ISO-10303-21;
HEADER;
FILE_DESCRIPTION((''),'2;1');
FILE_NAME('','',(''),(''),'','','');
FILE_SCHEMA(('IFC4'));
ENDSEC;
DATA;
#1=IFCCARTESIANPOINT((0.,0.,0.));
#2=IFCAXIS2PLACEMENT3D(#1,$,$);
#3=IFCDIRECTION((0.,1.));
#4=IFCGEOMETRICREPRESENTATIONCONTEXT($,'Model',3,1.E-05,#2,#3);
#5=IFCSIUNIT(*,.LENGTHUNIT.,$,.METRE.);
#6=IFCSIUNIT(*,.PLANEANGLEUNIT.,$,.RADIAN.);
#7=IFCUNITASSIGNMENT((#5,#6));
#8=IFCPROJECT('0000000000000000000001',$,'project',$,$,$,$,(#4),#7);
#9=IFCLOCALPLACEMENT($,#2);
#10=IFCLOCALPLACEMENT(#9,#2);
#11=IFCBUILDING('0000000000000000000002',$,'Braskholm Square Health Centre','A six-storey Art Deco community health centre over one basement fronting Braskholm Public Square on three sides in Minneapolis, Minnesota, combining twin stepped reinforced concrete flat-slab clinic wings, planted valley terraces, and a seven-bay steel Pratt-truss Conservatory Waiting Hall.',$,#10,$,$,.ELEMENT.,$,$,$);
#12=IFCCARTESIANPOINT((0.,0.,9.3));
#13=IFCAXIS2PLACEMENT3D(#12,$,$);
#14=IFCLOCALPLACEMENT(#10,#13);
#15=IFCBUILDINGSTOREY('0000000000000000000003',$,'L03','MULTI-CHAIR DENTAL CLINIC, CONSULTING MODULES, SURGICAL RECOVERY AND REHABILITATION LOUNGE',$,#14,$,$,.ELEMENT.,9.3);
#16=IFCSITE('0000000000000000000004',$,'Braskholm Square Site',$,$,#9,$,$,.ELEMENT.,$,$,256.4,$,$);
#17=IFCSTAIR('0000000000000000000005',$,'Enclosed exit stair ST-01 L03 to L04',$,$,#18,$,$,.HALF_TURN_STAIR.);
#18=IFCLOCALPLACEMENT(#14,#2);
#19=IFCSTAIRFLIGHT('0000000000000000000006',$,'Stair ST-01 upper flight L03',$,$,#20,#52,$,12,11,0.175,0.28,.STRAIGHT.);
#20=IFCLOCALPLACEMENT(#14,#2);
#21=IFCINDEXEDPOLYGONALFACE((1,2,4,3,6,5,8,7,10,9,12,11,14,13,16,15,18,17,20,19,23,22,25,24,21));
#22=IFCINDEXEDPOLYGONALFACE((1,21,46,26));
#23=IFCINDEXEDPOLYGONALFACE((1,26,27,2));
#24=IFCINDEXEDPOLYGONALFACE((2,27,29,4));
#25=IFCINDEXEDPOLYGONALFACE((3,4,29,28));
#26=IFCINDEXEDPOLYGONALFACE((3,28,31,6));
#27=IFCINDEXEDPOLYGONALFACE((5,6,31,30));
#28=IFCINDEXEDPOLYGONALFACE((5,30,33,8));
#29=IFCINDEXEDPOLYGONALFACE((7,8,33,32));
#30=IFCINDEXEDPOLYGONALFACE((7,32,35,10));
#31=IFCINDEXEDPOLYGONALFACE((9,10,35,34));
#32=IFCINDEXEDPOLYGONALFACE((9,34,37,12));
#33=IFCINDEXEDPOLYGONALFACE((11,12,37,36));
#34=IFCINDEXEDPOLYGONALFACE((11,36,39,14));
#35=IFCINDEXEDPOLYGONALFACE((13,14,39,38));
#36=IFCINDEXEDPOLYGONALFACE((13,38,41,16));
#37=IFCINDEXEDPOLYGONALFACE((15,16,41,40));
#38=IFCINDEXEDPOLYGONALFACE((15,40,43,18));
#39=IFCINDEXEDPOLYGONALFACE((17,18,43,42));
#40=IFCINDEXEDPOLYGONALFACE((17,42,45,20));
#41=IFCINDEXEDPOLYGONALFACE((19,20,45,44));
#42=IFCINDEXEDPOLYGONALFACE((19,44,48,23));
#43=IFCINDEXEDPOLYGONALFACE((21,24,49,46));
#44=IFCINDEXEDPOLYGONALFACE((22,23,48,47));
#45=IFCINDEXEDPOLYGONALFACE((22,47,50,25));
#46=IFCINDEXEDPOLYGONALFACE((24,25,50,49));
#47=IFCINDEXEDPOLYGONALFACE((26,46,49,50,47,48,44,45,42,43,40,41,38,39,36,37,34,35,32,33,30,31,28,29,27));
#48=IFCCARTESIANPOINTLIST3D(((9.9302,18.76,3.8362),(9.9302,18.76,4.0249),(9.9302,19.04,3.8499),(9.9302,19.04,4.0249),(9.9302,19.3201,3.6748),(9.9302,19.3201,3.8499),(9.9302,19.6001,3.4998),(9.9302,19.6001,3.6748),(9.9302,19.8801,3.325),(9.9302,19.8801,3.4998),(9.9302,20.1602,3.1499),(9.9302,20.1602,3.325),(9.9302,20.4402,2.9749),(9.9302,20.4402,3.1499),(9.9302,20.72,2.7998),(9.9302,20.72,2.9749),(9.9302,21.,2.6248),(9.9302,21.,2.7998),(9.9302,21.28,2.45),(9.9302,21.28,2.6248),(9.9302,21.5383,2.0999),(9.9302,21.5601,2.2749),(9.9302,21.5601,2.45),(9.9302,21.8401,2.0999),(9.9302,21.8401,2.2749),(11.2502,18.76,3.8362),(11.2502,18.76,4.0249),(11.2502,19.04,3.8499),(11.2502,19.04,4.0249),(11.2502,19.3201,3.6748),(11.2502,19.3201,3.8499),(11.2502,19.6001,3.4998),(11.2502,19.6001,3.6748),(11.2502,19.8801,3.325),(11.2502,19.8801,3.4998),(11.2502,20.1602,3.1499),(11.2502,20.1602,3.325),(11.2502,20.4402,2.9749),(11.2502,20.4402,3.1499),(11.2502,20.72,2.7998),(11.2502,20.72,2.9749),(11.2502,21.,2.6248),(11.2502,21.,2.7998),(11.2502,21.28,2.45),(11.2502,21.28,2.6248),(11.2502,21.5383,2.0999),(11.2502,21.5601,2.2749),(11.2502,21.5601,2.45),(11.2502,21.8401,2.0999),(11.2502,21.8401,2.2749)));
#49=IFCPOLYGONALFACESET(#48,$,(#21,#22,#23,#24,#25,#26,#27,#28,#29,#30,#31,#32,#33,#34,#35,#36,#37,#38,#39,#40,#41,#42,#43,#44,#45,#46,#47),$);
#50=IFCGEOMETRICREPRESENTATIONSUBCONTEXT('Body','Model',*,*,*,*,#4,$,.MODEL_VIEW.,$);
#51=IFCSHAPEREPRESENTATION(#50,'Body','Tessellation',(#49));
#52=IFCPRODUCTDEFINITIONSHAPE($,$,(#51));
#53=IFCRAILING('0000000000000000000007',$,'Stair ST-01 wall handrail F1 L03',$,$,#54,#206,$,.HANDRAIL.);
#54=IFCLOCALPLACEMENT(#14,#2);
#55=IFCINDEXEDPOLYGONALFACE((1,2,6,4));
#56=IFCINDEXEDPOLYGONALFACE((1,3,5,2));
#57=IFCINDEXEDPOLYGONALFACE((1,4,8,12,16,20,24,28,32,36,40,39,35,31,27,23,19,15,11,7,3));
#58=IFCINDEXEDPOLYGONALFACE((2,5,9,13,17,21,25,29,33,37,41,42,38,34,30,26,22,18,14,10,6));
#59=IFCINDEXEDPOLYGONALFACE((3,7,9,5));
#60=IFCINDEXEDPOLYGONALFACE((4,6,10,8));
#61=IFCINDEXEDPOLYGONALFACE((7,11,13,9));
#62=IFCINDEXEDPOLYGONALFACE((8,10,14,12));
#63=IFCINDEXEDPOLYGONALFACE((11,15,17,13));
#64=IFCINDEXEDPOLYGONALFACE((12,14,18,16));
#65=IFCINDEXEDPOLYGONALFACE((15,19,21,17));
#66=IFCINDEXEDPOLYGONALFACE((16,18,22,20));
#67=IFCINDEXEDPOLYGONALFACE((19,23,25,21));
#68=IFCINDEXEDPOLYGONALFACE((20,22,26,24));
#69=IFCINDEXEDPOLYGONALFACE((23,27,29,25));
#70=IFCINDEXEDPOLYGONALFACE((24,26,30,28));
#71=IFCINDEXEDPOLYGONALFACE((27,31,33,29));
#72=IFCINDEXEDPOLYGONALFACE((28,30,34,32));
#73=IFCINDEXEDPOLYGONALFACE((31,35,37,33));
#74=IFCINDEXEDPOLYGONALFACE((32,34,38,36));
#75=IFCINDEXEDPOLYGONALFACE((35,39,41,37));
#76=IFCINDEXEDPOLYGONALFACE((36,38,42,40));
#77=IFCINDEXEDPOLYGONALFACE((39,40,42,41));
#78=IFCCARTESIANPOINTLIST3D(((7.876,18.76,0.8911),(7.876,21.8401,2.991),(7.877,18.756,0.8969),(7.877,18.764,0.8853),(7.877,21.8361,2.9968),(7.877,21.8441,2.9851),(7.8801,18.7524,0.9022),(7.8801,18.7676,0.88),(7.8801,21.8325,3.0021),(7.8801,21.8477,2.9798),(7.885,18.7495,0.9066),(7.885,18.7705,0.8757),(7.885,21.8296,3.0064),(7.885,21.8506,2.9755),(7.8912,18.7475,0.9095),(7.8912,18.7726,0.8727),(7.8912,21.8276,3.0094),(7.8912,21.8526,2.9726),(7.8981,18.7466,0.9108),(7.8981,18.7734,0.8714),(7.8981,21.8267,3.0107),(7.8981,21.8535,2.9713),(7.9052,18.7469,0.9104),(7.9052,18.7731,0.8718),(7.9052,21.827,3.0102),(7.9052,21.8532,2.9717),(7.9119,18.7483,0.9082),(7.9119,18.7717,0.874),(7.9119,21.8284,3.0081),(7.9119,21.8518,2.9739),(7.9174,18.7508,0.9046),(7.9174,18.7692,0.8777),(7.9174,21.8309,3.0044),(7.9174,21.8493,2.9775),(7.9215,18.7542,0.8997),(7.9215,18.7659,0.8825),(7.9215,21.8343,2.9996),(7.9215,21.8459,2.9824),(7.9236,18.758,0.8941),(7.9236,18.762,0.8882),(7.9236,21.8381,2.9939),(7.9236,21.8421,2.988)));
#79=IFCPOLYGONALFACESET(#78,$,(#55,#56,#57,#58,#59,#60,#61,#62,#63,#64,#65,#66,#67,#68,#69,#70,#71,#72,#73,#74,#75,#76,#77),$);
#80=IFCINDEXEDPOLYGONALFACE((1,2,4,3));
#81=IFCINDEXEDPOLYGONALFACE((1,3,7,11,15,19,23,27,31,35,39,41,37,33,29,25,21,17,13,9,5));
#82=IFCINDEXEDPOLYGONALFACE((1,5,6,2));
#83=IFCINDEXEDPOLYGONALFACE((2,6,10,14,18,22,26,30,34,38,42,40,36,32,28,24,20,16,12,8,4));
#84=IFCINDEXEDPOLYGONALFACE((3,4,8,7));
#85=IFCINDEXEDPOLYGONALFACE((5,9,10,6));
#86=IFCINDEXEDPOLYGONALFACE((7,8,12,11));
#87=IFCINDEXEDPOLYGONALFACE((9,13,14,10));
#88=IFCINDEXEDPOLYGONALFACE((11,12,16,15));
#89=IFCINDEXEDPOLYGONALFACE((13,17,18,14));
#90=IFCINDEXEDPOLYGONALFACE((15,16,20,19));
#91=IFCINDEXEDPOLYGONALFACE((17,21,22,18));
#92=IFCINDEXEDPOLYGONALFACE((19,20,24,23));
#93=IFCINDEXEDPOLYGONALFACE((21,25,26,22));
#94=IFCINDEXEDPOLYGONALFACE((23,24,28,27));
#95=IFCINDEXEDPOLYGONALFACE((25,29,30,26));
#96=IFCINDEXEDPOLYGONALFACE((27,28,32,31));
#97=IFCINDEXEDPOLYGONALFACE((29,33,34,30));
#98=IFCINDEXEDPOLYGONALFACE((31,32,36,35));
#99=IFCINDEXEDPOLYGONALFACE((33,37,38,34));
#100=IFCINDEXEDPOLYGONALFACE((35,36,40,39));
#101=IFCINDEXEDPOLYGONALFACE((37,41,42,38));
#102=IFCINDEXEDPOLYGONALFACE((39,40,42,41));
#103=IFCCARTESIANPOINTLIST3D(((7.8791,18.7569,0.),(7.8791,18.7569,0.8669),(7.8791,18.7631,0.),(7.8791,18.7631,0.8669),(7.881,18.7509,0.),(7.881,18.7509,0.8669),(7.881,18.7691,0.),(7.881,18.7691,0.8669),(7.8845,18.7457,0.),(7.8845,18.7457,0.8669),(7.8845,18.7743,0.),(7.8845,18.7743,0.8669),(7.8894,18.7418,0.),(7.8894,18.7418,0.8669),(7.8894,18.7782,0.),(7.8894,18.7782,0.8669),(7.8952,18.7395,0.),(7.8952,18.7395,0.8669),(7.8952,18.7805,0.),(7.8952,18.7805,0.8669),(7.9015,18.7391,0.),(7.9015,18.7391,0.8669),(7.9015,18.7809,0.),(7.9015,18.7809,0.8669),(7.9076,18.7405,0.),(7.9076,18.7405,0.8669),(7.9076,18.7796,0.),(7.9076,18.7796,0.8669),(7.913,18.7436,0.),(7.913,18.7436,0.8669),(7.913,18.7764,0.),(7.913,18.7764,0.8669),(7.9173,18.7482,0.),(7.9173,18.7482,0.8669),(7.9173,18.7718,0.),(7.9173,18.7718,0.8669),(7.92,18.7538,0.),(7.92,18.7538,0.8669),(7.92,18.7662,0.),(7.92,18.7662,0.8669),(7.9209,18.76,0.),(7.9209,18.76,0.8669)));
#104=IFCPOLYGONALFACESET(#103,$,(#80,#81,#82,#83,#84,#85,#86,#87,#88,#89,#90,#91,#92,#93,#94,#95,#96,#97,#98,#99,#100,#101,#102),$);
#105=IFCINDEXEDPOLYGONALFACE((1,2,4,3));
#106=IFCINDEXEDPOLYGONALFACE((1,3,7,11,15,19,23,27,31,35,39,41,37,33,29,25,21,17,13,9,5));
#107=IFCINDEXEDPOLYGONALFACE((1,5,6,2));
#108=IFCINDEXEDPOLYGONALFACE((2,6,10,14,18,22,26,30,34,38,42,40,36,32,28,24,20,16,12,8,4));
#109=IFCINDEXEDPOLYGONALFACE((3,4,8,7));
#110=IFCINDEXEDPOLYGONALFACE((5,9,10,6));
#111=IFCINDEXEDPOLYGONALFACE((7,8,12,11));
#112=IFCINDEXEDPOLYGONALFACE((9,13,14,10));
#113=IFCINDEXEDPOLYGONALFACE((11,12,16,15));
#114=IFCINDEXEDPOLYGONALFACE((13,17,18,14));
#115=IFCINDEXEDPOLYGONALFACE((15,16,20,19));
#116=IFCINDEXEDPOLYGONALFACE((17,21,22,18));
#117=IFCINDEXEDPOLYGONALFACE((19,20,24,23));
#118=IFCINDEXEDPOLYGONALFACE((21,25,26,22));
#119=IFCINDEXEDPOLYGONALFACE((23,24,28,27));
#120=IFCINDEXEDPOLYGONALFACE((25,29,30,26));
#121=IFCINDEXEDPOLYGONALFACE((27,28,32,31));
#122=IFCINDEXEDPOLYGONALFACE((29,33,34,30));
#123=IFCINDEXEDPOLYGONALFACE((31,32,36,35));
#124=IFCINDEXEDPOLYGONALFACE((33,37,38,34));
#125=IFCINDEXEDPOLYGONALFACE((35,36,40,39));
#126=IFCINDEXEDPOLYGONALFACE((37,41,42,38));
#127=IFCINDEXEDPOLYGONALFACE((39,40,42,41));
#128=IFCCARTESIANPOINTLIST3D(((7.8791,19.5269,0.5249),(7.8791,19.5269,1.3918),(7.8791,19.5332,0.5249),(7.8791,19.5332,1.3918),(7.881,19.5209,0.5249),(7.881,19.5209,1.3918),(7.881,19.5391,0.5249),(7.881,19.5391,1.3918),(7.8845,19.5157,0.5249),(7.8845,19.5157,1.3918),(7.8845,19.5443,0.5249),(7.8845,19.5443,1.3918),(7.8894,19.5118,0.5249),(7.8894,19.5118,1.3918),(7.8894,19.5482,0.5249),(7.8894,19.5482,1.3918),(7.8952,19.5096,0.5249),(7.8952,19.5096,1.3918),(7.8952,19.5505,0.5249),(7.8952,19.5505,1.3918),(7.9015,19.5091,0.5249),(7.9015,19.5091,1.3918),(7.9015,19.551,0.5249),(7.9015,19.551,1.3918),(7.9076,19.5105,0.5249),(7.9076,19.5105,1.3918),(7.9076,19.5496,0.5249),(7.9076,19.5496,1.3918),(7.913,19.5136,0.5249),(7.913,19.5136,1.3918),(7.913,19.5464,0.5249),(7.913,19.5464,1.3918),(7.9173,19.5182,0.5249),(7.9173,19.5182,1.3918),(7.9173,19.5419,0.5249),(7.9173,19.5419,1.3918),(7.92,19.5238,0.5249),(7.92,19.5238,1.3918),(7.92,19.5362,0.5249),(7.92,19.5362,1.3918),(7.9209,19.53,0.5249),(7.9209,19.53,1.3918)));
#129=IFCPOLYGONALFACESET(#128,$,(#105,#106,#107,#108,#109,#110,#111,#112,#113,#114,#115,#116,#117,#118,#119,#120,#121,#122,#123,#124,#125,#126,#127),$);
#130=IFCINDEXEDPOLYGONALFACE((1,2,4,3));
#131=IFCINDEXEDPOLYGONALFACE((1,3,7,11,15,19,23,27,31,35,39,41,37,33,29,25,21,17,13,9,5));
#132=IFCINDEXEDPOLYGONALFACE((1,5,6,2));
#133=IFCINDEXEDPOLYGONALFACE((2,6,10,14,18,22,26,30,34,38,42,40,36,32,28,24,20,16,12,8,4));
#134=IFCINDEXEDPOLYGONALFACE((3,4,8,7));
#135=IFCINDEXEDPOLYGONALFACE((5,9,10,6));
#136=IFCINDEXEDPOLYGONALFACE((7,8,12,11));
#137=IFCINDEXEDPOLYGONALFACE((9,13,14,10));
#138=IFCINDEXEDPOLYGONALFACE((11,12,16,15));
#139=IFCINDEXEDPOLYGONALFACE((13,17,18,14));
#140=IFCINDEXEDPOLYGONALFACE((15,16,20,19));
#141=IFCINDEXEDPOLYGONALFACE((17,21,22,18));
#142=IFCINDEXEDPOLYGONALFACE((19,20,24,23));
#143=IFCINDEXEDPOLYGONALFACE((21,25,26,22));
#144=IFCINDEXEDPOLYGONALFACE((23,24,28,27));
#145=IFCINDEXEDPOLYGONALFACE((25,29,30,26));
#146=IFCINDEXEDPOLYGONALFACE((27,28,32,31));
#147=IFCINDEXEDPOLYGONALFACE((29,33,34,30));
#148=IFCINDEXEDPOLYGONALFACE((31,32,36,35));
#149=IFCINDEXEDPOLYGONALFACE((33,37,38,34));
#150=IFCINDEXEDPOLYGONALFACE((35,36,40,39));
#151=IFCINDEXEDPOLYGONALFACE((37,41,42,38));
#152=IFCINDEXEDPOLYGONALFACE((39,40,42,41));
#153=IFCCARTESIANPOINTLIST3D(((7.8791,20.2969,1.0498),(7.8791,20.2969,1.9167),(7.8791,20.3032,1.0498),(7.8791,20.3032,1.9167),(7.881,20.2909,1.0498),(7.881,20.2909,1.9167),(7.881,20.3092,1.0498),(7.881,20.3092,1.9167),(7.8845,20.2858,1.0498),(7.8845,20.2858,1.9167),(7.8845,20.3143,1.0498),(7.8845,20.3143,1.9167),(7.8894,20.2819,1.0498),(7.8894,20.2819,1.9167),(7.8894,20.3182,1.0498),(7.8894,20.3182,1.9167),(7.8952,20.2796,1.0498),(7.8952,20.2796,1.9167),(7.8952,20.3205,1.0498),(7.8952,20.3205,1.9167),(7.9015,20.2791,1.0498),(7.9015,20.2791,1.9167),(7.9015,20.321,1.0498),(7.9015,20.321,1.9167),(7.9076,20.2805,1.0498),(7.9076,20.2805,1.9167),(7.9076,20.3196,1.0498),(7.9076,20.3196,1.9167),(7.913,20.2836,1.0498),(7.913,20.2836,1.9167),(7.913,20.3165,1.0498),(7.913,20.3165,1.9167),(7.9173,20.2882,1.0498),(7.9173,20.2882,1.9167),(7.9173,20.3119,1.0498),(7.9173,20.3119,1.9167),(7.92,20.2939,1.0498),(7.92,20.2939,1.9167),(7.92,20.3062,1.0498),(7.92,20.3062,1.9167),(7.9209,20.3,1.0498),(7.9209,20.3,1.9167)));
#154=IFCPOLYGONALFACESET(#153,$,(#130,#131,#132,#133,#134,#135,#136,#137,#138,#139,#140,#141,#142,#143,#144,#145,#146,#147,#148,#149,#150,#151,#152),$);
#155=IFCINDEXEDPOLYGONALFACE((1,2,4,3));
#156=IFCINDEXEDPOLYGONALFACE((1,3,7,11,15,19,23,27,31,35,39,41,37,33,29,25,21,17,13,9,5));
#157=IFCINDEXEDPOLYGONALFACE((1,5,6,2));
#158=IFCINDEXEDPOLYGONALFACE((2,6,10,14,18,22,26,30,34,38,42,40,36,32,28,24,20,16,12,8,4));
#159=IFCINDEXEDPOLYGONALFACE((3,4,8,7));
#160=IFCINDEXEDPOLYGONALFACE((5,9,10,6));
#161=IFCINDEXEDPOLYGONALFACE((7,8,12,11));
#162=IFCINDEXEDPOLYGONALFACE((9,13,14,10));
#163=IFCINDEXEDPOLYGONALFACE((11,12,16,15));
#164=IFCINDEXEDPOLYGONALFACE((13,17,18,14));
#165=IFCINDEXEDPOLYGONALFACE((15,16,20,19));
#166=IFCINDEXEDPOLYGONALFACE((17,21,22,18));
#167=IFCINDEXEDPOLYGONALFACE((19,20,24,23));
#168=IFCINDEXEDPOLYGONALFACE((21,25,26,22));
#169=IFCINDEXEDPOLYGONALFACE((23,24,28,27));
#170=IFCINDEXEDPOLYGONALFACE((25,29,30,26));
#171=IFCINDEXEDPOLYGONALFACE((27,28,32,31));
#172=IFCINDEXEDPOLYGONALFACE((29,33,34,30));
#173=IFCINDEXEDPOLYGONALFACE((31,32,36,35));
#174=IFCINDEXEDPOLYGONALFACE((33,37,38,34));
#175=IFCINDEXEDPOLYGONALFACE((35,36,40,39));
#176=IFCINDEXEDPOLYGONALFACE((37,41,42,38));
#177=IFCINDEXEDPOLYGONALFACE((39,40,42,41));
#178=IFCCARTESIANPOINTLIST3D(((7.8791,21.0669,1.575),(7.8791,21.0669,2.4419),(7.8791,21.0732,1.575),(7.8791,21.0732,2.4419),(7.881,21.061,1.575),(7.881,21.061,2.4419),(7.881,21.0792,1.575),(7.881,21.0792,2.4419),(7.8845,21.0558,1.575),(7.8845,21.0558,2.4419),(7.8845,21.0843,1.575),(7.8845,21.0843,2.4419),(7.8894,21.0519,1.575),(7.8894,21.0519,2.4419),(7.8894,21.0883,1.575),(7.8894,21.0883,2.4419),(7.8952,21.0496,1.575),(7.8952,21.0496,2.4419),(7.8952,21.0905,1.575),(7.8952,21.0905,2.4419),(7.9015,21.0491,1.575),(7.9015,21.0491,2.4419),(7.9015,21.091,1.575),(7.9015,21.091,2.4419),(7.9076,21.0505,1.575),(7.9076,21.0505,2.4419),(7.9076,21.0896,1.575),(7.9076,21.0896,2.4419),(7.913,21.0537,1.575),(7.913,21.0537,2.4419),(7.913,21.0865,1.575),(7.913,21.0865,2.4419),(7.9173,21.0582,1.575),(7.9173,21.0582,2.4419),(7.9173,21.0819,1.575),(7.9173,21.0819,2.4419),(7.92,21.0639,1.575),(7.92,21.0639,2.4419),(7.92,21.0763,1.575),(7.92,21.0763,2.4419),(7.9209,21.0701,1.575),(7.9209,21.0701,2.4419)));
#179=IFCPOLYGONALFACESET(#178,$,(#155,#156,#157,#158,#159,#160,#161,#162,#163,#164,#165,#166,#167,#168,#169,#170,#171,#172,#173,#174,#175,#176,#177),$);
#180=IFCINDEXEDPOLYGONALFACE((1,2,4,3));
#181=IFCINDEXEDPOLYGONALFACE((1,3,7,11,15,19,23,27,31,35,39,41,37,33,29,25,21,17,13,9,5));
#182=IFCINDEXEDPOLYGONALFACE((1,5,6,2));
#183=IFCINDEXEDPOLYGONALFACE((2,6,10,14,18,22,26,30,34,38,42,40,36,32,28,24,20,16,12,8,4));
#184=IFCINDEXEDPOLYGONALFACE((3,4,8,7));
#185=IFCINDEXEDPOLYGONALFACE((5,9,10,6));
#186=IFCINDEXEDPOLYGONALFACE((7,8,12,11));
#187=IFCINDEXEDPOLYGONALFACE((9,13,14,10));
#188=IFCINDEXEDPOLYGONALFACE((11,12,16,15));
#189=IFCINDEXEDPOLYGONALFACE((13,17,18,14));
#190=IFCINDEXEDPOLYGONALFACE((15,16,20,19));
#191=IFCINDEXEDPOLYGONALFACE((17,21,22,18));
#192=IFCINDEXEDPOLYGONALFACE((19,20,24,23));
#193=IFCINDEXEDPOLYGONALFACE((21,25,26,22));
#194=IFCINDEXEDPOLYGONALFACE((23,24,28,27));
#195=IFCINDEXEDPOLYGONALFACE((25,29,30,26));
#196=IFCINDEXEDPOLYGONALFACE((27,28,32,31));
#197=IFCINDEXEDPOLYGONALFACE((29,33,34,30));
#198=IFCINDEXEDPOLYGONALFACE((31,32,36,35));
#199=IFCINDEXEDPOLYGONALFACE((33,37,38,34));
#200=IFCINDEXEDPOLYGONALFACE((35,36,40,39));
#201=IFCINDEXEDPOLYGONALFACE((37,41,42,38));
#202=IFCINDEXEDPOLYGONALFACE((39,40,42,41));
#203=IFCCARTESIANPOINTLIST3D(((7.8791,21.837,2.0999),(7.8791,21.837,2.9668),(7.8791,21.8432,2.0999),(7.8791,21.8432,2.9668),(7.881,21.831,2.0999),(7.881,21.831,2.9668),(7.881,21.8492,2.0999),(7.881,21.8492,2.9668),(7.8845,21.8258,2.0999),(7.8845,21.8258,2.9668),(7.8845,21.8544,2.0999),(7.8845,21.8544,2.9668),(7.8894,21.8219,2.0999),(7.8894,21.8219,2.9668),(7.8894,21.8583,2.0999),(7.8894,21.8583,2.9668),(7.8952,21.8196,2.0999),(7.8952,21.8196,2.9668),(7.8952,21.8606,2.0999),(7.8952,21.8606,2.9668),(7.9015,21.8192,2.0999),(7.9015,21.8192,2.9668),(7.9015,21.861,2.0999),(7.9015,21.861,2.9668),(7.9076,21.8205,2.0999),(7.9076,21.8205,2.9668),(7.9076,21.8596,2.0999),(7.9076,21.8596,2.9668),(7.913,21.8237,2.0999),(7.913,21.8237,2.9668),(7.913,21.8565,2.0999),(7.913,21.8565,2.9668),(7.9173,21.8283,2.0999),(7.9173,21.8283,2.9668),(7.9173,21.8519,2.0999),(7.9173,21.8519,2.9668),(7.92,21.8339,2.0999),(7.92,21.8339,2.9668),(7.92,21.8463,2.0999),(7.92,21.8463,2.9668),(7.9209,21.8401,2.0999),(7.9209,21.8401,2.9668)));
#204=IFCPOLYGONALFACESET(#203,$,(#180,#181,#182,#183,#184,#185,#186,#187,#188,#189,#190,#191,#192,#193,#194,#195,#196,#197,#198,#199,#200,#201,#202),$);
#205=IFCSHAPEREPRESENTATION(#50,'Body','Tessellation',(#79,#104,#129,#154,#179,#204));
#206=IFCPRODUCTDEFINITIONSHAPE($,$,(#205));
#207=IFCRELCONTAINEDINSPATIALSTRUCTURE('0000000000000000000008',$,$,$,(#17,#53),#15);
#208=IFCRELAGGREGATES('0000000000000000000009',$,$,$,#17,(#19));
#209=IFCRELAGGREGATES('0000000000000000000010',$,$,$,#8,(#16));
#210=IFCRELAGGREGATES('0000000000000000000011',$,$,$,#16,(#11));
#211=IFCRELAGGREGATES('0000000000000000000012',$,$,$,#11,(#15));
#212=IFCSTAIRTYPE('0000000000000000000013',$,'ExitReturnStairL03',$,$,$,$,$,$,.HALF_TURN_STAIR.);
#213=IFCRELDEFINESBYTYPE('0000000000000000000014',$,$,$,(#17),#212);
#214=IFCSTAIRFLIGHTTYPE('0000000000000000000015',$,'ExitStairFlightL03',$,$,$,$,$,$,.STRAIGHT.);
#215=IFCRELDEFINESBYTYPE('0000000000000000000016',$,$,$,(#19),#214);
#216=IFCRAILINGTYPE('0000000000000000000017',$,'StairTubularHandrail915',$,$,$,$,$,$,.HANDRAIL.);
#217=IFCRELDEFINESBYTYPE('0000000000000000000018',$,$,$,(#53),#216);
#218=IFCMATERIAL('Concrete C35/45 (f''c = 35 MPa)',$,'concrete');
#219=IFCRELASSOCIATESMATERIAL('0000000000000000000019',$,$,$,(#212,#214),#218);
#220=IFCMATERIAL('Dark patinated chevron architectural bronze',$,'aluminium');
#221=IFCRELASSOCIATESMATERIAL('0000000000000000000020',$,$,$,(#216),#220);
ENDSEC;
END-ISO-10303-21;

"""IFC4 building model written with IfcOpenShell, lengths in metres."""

from ifc_helpers import new_model, si_unit, direction, frame, origin, origin_2d, place, context, subcontext, project, spatial, polyline, circle, outline, extrude, material, type_object, element, aggregate, save


model = new_model("IFC4")

# Units and contexts
model_context = context("Model", 3, precision=1e-05, world=origin(), true_north=direction((0.0, 1.0)))
body_context = subcontext(model_context, "Body", "Model", "MODEL_VIEW")
ifc_project = project(units=[si_unit("LENGTHUNIT", "METRE"), si_unit("PLANEANGLEUNIT", "RADIAN")], contexts=[model_context])

# Site, building, storey
site_placement = place(None, origin())
site = spatial("IfcSite", under=ifc_project, at=site_placement, Name="Braskholm Square Site", CompositionType="ELEMENT", RefElevation=256.4)
building_placement = place(site_placement, origin())
building = spatial("IfcBuilding", under=site, at=building_placement, Name="Braskholm Square Health Centre", Description="A six-storey Art Deco community health centre over one basement fronting Braskholm Public Square on three sides in Minneapolis, Minnesota, combining twin stepped reinforced concrete flat-slab clinic wings, planted valley terraces, and a seven-bay steel Pratt-truss Conservatory Waiting Hall.", CompositionType="ELEMENT")
storey_placement = place(building_placement, frame((0.0, 0.0, 9.3)))
storey = spatial("IfcBuildingStorey", under=building, at=storey_placement, Name="L03", Description="MULTI-CHAIR DENTAL CLINIC, CONSULTING MODULES, SURGICAL RECOVERY AND REHABILITATION LOUNGE", CompositionType="ELEMENT", Elevation=9.3)

# Shared definitions
ifc_material_1 = material(Name="Concrete C35/45 (f'c = 35 MPa)", Category="concrete")

# Stair, stair flight
stair_type = type_object("IfcStairType", Name="ExitReturnStairL03", PredefinedType="HALF_TURN_STAIR", material=ifc_material_1)
stair_placement = place(storey_placement, origin())
stair = element("IfcStair", 1, at=stair_placement, inside=storey, type_object=stair_type, Name="Enclosed exit stair ST-01 L03 to L04", PredefinedType="HALF_TURN_STAIR")
stair_flight_type = type_object("IfcStairFlightType", Name="ExitStairFlightL03", PredefinedType="STRAIGHT", material=ifc_material_1)
stair_flight_1_placement = place(storey_placement, frame((10.5901, 21.8401, 2.0999), z_axis=(0.0, 0.0, 1.0), x_axis=(0.0, -1.0, 0.0)))
stair_flight_1 = element("IfcStairFlight", 2, at=stair_flight_1_placement, type_object=stair_flight_type, Name="Stair ST-01 upper flight L03", NumberOfRisers=12, NumberOfTreads=11, PredefinedType="STRAIGHT", RiserHeight=0.175, TreadLength=0.28, context=body_context, shape_type="SweptSolid", body=[
    extrude(outline(polyline([(0.0, 0.0), (0.0, 0.175), (0.28, 0.175), (0.28, 0.3501), (0.5601, 0.3501), (0.5601, 0.5249), (0.8401, 0.5249), (0.8401, 0.7), (1.1201, 0.7), (1.1201, 0.875), (1.3999, 0.875), (1.3999, 1.05), (1.6799, 1.05), (1.6799, 1.2251), (1.96, 1.2251), (1.96, 1.3999), (2.24, 1.3999), (2.24, 1.575), (2.52, 1.575), (2.52, 1.75), (2.8, 1.75), (2.8, 1.925), (3.0801, 1.925), (3.0801, 2.1001), (3.0801, 1.7363), (0.3018, 0.0), (0.0, 0.0)])), frame((0.0, 0.6602, 0.0), z_axis=(0.0, -1.0, 0.0), x_axis=(1.0, 0.0, 0.0)), (0.0, 0.0, 1.0), 1.3201),
])
aggregate(stair, [stair_flight_1])

# Railing
ifc_material_2 = material(Name="Dark patinated chevron architectural bronze", Category="aluminium")
railing_type_1 = type_object("IfcRailingType", Name="StairTubularHandrail915", PredefinedType="HANDRAIL", material=ifc_material_2)
railing_1_placement = place(storey_placement, frame((7.8999, 18.76, 0.0)))
element("IfcRailing", 3, at=railing_1_placement, inside=storey, type_object=railing_type_1, Name="Stair ST-01 wall handrail F1 L03", PredefinedType="HANDRAIL", context=body_context, shape_type="SweptSolid", body=[
    extrude(circle(Radius=0.0239, at=origin_2d()), frame((0.0, 0.0, 0.8911), z_axis=(0.0, 0.826252, 0.5633), x_axis=(-1.0, 0.0, 0.0)), (0.0, 0.0, 1.0), 3.7278),
    extrude(circle(Radius=0.021, at=origin_2d()), origin(), (0.0, 0.0, 1.0), 0.8669),
    extrude(circle(Radius=0.021, at=origin_2d()), frame((0.0, 0.77, 0.5249)), (0.0, 0.0, 1.0), 0.8669),
    extrude(circle(Radius=0.021, at=origin_2d()), frame((0.0, 1.54, 1.0498)), (0.0, 0.0, 1.0), 0.8669),
    extrude(circle(Radius=0.021, at=origin_2d()), frame((0.0, 2.3101, 1.575)), (0.0, 0.0, 1.0), 0.8669),
    extrude(circle(Radius=0.021, at=origin_2d()), frame((0.0, 3.0801, 2.0999)), (0.0, 0.0, 1.0), 0.8669),
])

save(model, "model.ifc")
